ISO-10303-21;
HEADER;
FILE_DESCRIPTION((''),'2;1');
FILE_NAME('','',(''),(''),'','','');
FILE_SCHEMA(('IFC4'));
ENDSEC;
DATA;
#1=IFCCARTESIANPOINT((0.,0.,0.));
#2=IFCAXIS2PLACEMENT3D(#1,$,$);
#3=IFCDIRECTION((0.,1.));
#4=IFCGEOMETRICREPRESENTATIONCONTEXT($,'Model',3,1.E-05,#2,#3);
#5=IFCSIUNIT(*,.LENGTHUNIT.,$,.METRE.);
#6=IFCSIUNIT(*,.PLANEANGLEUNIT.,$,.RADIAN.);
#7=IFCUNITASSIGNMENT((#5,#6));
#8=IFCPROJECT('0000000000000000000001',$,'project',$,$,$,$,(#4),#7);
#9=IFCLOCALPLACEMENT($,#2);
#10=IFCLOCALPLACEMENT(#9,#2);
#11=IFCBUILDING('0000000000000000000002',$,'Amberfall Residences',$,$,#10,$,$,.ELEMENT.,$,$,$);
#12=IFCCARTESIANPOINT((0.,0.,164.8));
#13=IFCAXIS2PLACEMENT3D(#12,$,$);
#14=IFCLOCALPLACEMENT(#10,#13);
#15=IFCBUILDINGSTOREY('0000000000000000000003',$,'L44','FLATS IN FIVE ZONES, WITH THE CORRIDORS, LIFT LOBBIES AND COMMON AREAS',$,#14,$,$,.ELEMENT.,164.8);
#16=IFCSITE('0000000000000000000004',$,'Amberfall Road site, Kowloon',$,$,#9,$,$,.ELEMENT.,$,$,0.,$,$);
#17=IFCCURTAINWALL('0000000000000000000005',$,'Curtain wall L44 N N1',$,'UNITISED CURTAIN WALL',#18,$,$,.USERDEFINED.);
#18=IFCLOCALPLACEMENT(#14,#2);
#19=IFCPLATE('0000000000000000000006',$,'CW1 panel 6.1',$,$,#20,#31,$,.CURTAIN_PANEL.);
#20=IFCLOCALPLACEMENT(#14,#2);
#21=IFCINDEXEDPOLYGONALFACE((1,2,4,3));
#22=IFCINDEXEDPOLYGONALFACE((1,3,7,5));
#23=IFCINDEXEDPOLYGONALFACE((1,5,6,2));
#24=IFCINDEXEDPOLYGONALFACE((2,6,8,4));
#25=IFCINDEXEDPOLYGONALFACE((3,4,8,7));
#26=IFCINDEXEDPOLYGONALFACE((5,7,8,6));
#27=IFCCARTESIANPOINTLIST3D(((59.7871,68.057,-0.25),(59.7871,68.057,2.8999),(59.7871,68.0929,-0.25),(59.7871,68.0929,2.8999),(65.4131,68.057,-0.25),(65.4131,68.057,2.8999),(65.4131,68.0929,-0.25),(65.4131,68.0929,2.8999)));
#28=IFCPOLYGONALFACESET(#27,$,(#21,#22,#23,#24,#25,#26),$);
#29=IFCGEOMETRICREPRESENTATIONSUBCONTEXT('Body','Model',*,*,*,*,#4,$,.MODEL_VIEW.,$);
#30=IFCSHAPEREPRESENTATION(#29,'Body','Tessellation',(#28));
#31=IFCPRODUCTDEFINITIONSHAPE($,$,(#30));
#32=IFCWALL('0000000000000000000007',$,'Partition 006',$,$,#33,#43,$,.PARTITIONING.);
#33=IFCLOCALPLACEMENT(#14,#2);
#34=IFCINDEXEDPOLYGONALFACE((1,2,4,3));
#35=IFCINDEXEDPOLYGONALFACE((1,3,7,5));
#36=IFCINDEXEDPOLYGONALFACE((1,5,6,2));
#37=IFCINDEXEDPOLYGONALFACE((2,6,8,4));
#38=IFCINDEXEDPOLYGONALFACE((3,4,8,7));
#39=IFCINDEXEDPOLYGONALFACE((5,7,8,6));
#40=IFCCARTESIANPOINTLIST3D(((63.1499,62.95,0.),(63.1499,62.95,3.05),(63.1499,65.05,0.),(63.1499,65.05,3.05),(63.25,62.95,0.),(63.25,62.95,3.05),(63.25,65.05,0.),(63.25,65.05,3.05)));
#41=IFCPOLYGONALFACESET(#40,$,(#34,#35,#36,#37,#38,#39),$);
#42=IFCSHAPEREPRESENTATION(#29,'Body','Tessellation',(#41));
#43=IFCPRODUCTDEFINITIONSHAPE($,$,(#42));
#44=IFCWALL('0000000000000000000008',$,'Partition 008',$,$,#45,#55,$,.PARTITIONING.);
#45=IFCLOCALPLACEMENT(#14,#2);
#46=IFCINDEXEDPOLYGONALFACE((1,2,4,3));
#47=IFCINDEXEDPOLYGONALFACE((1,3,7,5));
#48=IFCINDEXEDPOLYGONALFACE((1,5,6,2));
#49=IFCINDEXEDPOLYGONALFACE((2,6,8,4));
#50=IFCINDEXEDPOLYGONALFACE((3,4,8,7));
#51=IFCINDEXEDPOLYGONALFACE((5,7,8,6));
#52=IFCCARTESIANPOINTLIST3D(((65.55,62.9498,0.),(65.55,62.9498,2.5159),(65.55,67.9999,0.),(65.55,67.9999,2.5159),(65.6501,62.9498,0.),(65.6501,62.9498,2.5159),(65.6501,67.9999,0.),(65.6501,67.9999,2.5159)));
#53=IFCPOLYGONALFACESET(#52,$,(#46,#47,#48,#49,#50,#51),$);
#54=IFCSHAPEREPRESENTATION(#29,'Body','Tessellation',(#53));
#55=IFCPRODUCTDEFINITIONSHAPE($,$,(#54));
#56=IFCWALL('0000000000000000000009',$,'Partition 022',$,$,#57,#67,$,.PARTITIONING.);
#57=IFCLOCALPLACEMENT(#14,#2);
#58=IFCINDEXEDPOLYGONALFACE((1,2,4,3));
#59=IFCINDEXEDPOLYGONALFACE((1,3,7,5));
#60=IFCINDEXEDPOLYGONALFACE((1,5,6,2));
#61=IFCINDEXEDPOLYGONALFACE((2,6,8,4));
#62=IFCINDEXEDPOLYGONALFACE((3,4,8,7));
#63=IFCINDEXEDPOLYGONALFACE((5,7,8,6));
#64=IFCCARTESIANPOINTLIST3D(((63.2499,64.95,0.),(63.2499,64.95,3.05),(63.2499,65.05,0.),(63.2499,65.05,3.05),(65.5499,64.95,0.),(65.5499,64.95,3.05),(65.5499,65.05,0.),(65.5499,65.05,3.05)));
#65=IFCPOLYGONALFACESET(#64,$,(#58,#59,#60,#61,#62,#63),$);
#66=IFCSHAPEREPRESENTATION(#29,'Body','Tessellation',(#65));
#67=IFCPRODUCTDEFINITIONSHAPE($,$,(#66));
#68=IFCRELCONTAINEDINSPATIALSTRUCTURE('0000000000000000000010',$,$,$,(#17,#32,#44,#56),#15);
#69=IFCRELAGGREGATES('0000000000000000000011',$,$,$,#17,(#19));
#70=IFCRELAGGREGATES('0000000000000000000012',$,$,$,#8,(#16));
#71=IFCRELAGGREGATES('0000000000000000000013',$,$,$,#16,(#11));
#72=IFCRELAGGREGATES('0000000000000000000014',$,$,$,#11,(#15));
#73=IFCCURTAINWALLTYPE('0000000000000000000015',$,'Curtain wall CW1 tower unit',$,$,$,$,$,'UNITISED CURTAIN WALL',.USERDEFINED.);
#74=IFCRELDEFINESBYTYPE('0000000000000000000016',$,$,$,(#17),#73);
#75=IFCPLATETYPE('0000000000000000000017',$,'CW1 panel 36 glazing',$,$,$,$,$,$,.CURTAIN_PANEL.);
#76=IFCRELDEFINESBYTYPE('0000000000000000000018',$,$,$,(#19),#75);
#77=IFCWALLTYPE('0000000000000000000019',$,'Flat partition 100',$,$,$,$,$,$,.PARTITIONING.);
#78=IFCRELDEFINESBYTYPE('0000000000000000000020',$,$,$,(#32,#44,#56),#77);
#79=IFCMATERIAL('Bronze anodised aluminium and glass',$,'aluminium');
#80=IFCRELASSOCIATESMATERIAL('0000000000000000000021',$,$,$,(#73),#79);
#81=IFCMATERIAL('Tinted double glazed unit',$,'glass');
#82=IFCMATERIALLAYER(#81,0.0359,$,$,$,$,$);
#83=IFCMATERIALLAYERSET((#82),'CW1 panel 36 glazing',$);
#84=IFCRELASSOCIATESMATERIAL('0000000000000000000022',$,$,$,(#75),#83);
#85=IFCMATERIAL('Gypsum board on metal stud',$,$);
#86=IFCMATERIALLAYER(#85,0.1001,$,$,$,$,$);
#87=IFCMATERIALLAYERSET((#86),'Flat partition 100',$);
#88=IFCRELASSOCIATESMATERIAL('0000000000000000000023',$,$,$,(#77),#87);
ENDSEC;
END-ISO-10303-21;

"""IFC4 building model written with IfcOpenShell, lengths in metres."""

from ifc_helpers import new_model, si_unit, direction, frame, frame_2d, origin, origin_2d, place, context, subcontext, project, spatial, rectangle, extrude, material, layer, layer_set, type_object, element, aggregate, save


model = new_model("IFC4")

# Units and contexts
model_context = context("Model", 3, precision=1e-05, world=origin(), true_north=direction((0.0, 1.0)))
body_context = subcontext(model_context, "Body", "Model", "MODEL_VIEW")
ifc_project = project(units=[si_unit("LENGTHUNIT", "METRE"), si_unit("PLANEANGLEUNIT", "RADIAN")], contexts=[model_context])

# Site, building, storey
site_placement = place(None, origin())
site = spatial("IfcSite", under=ifc_project, at=site_placement, Name="Amberfall Road site, Kowloon", CompositionType="ELEMENT", RefElevation=0.0)
building_placement = place(site_placement, origin())
building = spatial("IfcBuilding", under=site, at=building_placement, Name="Amberfall Residences", CompositionType="ELEMENT")
storey_placement = place(building_placement, frame((0.0, 0.0, 164.8)))
storey = spatial("IfcBuildingStorey", under=building, at=storey_placement, Name="L44", Description="FLATS IN FIVE ZONES, WITH THE CORRIDORS, LIFT LOBBIES AND COMMON AREAS", CompositionType="ELEMENT", Elevation=164.8)

# Curtain wall
ifc_material_1 = material(Name="Bronze anodised aluminium and glass", Category="aluminium")
curtain_wall_type = type_object("IfcCurtainWallType", Name="Curtain wall CW1 tower unit", ElementType="UNITISED CURTAIN WALL", PredefinedType="USERDEFINED", material=ifc_material_1)
curtain_wall_placement = place(storey_placement, origin())
curtain_wall = element("IfcCurtainWall", 1, at=curtain_wall_placement, inside=storey, type_object=curtain_wall_type, Name="Curtain wall L44 N N1", ObjectType="UNITISED CURTAIN WALL", PredefinedType="USERDEFINED")

# Plate
ifc_material_2 = material(Name="Tinted double glazed unit", Category="glass")
ifc_layer_1 = layer(ifc_material_2, 0.0359)
ifc_layer_set_1 = layer_set([ifc_layer_1], Name="CW1 panel 36 glazing")
plate_type = type_object("IfcPlateType", Name="CW1 panel 36 glazing", PredefinedType="CURTAIN_PANEL", material=ifc_layer_set_1)
plate_placement = place(storey_placement, frame((62.6001, 68.075, -0.25), z_axis=(0.0, 0.0, 1.0), x_axis=(-1.0, 0.0, 0.0)))
plate = element("IfcPlate", 2, at=plate_placement, type_object=plate_type, Name="CW1 panel 6.1", PredefinedType="CURTAIN_PANEL", context=body_context, shape_type="SweptSolid", body=[
    extrude(rectangle(XDim=5.626, YDim=0.0359, at=origin_2d()), origin(), (0.0, 0.0, 1.0), 3.1499),
])
aggregate(curtain_wall, [plate])

# Walls
ifc_material_3 = material(Name="Gypsum board on metal stud")
ifc_layer_2 = layer(ifc_material_3, 0.1001)
ifc_layer_set_2 = layer_set([ifc_layer_2], Name="Flat partition 100")
wall_type = type_object("IfcWallType", Name="Flat partition 100", PredefinedType="PARTITIONING", material=ifc_layer_set_2)
wall_1_placement = place(storey_placement, frame((63.2, 62.95, 0.0), z_axis=(0.0, 0.0, 1.0), x_axis=(0.0, 1.0, 0.0)))
element("IfcWall", 3, at=wall_1_placement, inside=storey, type_object=wall_type, Name="Partition 006", PredefinedType="PARTITIONING", context=body_context, shape_type="SweptSolid", body=[
    extrude(rectangle(XDim=2.1001, YDim=0.1001, at=frame_2d((1.05, 0.0))), origin(), (0.0, 0.0, 1.0), 3.05),
])
wall_2_placement = place(storey_placement, frame((65.6001, 62.95, 0.0), z_axis=(0.0, 0.0, 1.0), x_axis=(0.0, 1.0, 0.0)))
element("IfcWall", 4, at=wall_2_placement, inside=storey, type_object=wall_type, Name="Partition 008", PredefinedType="PARTITIONING", context=body_context, shape_type="SweptSolid", body=[
    extrude(rectangle(XDim=5.05, YDim=0.1001, at=frame_2d((2.5249, 0.0))), origin(), (0.0, 0.0, 1.0), 2.5159),
])
wall_3_placement = place(storey_placement, frame((63.25, 65.0, 0.0), z_axis=(0.0, 0.0, 1.0), x_axis=(1.0, 0.0, 0.0)))
element("IfcWall", 5, at=wall_3_placement, inside=storey, type_object=wall_type, Name="Partition 022", PredefinedType="PARTITIONING", context=body_context, shape_type="SweptSolid", body=[
    extrude(rectangle(XDim=2.3, YDim=0.1001, at=frame_2d((1.1499, 0.0))), origin(), (0.0, 0.0, 1.0), 3.05),
])

save(model, "model.ifc")
